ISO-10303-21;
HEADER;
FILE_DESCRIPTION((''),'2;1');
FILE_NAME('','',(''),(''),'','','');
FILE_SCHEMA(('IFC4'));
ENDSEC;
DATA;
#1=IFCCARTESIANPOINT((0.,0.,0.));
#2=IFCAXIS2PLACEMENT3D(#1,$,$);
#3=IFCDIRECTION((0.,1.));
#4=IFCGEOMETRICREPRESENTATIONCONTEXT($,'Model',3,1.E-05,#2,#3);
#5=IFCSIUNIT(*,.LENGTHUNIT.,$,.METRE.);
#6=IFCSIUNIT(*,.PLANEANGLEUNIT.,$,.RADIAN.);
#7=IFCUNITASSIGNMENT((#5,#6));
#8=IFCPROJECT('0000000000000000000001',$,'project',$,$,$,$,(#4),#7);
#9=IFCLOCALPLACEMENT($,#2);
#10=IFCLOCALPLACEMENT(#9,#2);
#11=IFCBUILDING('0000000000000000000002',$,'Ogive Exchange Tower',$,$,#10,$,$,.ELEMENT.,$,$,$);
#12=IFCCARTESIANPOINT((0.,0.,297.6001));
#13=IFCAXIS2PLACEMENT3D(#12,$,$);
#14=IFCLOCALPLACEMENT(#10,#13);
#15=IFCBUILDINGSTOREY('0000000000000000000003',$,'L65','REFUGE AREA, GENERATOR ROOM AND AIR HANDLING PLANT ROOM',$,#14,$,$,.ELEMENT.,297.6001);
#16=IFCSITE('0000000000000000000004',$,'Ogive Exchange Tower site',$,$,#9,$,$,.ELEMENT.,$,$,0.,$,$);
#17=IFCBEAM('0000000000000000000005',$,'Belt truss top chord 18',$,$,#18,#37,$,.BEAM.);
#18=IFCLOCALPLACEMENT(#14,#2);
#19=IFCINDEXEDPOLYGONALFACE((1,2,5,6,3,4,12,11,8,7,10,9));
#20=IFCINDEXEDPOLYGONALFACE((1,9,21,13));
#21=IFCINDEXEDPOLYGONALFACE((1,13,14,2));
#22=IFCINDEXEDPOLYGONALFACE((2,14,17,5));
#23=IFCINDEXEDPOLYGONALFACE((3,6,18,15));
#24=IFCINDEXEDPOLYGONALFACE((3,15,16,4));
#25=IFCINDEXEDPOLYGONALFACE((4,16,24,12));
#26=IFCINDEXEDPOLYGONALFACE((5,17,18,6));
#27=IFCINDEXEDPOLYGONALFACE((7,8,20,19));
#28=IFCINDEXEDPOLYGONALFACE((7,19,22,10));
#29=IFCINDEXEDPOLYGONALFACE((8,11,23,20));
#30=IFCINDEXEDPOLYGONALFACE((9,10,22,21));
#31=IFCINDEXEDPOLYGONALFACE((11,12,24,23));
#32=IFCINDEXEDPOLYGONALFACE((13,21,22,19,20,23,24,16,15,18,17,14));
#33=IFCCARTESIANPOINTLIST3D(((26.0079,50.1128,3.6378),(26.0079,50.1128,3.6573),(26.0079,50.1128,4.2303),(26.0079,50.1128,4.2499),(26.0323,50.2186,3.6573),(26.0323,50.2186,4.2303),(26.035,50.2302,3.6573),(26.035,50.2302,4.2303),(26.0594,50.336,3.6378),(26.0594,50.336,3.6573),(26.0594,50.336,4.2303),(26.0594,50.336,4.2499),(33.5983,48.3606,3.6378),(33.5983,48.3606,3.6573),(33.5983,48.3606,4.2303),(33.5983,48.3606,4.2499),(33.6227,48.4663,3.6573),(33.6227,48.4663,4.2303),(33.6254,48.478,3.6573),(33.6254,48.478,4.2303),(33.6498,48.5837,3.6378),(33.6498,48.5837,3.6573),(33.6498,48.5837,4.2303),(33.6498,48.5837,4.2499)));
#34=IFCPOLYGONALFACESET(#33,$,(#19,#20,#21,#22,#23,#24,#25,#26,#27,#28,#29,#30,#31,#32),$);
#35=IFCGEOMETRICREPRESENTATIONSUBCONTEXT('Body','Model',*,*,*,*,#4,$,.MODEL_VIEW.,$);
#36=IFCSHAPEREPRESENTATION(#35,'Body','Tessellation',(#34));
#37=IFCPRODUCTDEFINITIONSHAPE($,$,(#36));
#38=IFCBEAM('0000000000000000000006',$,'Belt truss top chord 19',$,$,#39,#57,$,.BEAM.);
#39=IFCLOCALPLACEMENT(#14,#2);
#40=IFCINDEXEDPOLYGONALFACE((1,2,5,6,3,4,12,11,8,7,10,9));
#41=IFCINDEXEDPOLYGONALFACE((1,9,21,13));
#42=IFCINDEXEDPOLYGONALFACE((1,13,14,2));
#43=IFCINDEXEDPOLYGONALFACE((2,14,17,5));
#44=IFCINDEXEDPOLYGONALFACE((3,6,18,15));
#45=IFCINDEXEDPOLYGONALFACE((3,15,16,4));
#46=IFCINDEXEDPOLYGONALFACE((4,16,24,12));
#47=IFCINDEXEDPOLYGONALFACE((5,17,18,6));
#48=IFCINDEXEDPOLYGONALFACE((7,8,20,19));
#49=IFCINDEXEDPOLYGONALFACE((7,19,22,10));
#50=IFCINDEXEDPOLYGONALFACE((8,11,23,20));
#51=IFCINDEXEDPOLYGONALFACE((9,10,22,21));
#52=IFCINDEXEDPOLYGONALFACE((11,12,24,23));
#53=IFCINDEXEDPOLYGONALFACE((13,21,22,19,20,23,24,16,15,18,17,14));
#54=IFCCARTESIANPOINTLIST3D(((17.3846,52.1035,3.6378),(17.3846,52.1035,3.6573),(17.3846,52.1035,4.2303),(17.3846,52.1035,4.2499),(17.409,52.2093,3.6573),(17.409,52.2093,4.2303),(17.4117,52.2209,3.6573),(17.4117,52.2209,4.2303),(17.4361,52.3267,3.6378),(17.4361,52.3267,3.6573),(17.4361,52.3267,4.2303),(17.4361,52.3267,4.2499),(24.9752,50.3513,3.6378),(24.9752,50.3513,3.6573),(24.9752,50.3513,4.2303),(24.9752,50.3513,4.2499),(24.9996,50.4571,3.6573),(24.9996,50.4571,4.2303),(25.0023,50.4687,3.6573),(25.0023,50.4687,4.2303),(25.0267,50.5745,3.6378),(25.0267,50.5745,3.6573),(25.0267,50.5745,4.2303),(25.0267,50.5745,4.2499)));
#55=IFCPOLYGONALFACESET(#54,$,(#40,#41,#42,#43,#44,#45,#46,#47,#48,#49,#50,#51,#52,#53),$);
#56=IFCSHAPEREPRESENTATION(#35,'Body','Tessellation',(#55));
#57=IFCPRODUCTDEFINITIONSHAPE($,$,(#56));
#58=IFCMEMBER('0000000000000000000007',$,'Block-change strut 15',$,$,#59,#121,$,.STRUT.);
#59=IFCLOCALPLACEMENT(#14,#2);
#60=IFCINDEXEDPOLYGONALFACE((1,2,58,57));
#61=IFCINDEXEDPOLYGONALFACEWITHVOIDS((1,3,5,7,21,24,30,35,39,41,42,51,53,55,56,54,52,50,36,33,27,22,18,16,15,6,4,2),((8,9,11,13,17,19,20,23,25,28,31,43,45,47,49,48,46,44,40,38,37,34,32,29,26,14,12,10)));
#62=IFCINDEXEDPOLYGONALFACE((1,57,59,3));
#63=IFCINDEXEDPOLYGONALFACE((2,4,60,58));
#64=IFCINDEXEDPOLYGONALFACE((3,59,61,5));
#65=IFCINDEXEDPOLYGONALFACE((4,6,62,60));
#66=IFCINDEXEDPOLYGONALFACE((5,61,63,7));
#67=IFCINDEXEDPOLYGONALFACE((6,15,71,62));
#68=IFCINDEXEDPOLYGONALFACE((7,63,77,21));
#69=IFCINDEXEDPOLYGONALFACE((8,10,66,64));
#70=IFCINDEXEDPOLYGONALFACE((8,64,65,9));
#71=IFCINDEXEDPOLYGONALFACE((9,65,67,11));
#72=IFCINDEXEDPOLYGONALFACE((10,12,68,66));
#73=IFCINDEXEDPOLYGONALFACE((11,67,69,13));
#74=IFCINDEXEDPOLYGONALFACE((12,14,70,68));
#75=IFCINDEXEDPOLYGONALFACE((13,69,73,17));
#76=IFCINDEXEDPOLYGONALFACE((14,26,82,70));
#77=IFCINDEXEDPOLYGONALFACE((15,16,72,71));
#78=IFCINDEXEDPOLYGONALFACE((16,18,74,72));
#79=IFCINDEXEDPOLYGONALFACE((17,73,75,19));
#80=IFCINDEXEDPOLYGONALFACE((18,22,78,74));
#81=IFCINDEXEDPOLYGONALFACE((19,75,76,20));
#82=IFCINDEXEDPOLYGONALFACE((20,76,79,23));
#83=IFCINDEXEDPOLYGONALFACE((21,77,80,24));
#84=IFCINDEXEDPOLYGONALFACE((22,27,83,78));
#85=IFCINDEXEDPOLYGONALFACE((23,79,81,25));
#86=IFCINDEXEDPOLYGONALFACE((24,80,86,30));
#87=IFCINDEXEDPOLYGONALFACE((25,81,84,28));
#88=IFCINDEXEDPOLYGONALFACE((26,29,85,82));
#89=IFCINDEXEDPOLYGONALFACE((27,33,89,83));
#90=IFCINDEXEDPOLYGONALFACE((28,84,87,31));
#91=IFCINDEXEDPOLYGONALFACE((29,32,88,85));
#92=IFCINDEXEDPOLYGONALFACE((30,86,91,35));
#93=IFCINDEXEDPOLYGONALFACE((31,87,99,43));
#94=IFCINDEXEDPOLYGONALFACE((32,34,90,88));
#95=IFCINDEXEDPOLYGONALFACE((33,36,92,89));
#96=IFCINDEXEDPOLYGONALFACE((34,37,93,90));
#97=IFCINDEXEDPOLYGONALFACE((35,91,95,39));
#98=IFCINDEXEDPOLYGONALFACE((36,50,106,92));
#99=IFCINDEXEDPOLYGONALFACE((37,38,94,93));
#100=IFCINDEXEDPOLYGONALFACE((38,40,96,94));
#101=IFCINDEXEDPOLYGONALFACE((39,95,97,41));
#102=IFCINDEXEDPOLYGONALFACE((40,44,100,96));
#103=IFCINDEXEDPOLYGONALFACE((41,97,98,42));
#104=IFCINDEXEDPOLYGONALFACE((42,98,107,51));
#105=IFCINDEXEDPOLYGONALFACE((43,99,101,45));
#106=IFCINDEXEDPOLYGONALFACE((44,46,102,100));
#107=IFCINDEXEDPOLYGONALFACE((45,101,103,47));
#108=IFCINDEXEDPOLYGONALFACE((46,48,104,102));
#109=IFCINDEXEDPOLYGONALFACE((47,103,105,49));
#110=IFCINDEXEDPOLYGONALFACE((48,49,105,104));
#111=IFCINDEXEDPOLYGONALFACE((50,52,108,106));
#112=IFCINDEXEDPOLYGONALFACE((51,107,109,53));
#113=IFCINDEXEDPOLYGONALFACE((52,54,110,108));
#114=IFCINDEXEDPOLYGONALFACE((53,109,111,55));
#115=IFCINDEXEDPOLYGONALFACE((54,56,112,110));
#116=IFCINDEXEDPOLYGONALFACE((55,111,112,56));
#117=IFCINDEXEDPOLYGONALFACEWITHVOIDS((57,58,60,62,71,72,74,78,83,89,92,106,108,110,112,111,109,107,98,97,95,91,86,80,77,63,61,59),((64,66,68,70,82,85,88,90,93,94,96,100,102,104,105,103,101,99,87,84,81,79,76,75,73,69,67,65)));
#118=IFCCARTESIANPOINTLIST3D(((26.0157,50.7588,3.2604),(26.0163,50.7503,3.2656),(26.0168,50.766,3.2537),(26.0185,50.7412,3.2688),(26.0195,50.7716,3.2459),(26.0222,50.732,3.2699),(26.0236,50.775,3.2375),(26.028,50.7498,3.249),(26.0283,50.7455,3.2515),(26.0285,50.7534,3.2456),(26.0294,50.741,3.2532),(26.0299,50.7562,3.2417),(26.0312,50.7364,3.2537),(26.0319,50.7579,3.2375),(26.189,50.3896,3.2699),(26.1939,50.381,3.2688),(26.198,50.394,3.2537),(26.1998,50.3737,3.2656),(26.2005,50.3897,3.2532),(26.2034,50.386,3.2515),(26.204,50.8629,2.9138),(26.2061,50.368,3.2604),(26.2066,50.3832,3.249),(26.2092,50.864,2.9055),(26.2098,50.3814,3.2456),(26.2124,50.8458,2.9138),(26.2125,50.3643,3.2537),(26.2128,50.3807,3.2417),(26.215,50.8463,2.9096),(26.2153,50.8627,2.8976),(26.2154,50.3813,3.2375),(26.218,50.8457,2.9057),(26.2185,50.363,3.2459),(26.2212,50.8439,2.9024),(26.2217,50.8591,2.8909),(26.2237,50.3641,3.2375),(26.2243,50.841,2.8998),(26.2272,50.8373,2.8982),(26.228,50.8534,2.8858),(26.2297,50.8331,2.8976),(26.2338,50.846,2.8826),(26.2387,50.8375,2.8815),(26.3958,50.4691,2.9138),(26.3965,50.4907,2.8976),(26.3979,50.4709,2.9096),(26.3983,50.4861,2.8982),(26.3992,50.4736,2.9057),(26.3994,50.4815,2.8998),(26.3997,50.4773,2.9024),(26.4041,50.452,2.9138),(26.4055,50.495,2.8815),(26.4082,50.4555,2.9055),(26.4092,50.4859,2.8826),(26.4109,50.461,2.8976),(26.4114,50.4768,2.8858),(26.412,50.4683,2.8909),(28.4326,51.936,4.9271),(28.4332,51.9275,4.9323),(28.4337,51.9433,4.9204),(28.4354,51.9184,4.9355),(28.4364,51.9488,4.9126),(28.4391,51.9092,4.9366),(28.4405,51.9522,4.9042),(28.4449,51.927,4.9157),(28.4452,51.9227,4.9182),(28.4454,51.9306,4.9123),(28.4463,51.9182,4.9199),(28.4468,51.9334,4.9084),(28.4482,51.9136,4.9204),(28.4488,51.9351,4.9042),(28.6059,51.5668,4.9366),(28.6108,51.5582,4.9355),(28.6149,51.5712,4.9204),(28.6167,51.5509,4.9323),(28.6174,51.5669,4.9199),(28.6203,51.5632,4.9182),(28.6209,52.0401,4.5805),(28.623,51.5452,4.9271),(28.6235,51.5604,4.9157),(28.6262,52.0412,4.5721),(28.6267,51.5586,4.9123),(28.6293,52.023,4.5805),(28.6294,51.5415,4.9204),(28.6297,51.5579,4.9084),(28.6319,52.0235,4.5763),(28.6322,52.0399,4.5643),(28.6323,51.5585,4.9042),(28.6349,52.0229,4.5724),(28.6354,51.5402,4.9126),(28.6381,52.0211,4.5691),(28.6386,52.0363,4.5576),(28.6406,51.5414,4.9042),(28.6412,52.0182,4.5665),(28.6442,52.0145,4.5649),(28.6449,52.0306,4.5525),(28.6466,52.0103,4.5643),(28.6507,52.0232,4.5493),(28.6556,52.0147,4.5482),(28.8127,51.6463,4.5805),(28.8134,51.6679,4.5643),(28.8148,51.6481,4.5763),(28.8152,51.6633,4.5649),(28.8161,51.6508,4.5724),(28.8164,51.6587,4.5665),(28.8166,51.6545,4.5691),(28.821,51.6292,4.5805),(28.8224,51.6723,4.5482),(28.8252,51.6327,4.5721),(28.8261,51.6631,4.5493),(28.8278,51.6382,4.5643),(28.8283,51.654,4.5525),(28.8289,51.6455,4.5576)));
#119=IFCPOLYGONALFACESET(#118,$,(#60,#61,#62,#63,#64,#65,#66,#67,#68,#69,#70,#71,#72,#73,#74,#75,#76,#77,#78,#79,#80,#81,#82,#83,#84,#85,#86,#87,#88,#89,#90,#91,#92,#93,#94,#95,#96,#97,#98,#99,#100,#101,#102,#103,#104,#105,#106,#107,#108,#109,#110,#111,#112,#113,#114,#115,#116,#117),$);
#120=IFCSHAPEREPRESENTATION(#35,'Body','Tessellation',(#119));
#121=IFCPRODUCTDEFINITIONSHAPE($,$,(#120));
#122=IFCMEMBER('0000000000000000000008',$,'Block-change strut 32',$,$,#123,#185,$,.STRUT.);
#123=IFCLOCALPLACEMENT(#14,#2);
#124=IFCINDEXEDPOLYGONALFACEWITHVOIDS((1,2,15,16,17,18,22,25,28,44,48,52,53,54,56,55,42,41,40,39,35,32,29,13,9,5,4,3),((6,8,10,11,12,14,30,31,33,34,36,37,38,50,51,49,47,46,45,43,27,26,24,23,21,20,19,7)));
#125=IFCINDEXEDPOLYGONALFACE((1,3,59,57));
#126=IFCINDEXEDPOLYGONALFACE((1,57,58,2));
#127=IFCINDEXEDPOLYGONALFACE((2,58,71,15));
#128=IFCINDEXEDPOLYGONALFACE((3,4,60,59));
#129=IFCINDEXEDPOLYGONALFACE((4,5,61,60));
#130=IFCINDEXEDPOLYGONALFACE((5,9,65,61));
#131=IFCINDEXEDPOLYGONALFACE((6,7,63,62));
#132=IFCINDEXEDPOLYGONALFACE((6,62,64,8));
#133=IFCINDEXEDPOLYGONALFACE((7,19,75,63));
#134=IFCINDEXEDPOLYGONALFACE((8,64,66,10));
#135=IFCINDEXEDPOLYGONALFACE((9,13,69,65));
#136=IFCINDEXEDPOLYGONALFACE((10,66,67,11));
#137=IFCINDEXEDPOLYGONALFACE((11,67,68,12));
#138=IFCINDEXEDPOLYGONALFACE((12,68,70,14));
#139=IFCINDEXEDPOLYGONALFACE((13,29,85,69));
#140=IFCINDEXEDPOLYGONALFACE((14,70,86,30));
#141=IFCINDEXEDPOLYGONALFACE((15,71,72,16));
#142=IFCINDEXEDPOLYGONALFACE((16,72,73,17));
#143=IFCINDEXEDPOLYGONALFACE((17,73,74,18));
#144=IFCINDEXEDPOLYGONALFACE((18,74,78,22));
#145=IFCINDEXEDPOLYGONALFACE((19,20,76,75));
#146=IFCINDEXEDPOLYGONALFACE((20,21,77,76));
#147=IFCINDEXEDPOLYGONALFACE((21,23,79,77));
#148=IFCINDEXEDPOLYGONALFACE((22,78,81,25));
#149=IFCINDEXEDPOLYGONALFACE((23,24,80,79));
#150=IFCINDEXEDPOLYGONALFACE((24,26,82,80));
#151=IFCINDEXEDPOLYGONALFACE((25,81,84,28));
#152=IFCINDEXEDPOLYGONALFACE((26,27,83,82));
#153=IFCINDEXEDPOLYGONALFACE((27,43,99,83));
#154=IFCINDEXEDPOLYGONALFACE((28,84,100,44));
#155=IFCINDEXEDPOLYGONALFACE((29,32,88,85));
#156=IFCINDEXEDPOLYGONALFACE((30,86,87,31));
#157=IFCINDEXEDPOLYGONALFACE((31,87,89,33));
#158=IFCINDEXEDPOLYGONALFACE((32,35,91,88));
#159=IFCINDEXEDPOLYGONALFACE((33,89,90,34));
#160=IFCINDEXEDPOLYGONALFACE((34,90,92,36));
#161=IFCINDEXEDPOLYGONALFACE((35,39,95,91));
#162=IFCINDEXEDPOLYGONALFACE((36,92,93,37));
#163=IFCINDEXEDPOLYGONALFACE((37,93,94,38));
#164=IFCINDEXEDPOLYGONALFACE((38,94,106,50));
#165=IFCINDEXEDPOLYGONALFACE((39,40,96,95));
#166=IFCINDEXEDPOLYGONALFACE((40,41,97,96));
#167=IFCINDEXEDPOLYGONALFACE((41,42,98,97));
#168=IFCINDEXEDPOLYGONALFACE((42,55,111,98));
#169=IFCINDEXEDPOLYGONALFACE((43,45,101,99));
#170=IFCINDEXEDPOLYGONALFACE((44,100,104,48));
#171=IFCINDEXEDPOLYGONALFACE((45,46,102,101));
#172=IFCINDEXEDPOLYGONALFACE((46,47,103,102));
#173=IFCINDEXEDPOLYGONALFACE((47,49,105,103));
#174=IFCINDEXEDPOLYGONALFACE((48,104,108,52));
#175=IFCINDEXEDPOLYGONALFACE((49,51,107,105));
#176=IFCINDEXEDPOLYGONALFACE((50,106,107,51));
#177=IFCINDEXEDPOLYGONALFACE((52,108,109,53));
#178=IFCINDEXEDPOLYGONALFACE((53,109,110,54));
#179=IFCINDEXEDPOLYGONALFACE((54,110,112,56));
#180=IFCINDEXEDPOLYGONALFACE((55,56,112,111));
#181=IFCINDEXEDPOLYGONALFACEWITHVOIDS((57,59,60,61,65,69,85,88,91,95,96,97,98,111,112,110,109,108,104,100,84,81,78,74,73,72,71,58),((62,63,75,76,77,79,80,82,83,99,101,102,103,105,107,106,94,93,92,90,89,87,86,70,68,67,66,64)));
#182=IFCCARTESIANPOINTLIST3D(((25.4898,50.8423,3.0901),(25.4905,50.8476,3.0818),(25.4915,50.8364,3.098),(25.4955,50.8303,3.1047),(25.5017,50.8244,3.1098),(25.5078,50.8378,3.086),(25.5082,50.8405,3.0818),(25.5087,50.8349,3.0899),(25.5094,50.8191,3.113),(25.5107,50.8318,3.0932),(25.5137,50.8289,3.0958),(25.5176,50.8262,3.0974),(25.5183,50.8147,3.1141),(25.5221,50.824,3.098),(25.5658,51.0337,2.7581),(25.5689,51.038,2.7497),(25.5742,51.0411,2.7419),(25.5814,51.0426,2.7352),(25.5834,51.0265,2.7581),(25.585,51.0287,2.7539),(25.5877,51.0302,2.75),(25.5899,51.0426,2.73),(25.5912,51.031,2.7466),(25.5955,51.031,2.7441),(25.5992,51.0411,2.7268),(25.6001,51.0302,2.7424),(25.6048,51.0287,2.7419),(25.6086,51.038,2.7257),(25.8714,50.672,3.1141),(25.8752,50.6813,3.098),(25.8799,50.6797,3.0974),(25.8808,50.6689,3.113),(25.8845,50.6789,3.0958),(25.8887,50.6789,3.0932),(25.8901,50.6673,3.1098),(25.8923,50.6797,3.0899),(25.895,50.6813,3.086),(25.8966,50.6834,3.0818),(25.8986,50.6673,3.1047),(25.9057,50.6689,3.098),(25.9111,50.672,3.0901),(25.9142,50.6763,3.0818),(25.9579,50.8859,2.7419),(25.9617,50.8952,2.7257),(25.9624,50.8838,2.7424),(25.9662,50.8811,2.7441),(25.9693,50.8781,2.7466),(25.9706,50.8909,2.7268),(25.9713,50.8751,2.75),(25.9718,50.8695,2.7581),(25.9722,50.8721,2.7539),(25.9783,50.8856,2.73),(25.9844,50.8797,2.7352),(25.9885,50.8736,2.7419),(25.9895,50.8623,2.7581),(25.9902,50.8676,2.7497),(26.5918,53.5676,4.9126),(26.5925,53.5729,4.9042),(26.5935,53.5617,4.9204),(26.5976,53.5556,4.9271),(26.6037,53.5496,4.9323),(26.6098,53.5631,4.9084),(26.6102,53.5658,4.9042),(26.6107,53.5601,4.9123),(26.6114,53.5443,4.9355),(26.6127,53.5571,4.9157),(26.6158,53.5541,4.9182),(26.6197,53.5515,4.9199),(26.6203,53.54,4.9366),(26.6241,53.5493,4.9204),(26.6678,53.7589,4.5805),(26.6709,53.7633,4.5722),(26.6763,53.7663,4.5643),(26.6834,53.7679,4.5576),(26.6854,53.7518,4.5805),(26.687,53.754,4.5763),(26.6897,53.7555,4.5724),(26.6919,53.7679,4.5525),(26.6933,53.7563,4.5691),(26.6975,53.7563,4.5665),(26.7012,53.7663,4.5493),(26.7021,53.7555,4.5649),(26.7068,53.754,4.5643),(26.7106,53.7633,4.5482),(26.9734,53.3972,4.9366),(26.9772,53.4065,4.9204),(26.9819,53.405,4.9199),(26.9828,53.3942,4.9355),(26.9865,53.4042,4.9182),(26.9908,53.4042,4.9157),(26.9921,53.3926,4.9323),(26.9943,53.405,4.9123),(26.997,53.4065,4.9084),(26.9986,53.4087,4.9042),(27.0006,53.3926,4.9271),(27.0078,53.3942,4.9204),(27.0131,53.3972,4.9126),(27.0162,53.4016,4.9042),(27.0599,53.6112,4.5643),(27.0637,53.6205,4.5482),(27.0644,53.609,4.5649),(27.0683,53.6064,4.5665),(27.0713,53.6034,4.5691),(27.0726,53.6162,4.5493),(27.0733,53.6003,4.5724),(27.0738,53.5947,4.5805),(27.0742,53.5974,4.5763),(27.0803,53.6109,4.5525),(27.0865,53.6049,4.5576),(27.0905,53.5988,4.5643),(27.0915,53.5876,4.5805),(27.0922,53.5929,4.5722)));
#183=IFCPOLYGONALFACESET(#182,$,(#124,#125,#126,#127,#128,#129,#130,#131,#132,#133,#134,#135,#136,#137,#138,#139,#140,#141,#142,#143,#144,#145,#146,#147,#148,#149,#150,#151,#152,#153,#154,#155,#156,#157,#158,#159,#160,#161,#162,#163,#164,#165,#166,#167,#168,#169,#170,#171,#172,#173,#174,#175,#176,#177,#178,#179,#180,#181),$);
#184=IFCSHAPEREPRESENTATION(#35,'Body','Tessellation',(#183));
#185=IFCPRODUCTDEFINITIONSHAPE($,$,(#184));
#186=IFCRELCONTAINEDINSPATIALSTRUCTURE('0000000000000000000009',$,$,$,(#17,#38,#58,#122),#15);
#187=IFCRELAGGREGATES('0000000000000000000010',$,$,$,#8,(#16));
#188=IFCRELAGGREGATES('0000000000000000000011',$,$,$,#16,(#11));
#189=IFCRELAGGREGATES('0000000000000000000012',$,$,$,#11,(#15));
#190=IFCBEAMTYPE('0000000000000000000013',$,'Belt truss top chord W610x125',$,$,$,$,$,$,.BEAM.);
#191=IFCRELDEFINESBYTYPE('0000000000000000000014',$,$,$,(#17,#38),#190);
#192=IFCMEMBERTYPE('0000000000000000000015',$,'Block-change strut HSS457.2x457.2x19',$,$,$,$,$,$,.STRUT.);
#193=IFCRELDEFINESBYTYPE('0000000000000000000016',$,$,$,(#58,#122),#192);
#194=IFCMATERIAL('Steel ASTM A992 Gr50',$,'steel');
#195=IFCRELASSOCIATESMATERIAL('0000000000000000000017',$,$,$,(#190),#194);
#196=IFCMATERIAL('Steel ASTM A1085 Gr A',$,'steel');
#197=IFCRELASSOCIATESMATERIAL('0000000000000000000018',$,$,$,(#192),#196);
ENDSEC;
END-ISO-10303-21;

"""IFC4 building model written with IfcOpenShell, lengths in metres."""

from ifc_helpers import new_model, si_unit, direction, frame, origin, origin_2d, place, context, subcontext, project, spatial, hollow_rectangle, i_section, extrude, material, material_profile, profile_set, type_object, element, save


model = new_model("IFC4")

# Units and contexts
model_context = context("Model", 3, precision=1e-05, world=origin(), true_north=direction((0.0, 1.0)))
body_context = subcontext(model_context, "Body", "Model", "MODEL_VIEW")
ifc_project = project(units=[si_unit("LENGTHUNIT", "METRE"), si_unit("PLANEANGLEUNIT", "RADIAN")], contexts=[model_context])

# Site, building, storey
site_placement = place(None, origin())
site = spatial("IfcSite", under=ifc_project, at=site_placement, Name="Ogive Exchange Tower site", CompositionType="ELEMENT", RefElevation=0.0)
building_placement = place(site_placement, origin())
building = spatial("IfcBuilding", under=site, at=building_placement, Name="Ogive Exchange Tower", CompositionType="ELEMENT")
storey_placement = place(building_placement, frame((0.0, 0.0, 297.6001)))
storey = spatial("IfcBuildingStorey", under=building, at=storey_placement, Name="L65", Description="REFUGE AREA, GENERATOR ROOM AND AIR HANDLING PLANT ROOM", CompositionType="ELEMENT", Elevation=297.6001)

# Shared definitions
ifc_material_1 = material(Name="Steel ASTM A992 Gr50", Category="steel")

# Shared definitions
ifc_material_2 = material(Name="Steel ASTM A1085 Gr A", Category="steel")

# Beams
ifc_material_profile_1 = material_profile(ifc_material_1, i_section(OverallWidth=0.229, OverallDepth=0.6121, WebThickness=0.012, FlangeThickness=0.0195, at=origin_2d()), Name="W610x125")
ifc_profile_set_1 = profile_set([ifc_material_profile_1], Name="Steel ASTM A992 Gr50")
beam_type_1 = type_object("IfcBeamType", Name="Belt truss top chord W610x125", PredefinedType="BEAM", material=ifc_profile_set_1)
beam_1_placement = place(storey_placement, frame((33.624, 48.4722, 3.9438), z_axis=(-0.974375, 0.22493, 0.0), x_axis=(-0.22493, -0.974375, 0.0)))
element("IfcBeam", 1, at=beam_1_placement, inside=storey, type_object=beam_type_1, Name="Belt truss top chord 18", PredefinedType="BEAM", context=body_context, shape_type="SweptSolid", body=[
    extrude(i_section(OverallWidth=0.229, OverallDepth=0.6121, WebThickness=0.012, FlangeThickness=0.0195, at=origin_2d()), origin(), (0.0, 0.0, 1.0), 7.79),
])
beam_2_placement = place(storey_placement, frame((25.001, 50.4629, 3.9438), z_axis=(-0.974376, 0.224924, 0.0), x_axis=(-0.224924, -0.974376, 0.0)))
element("IfcBeam", 2, at=beam_2_placement, inside=storey, type_object=beam_type_1, Name="Belt truss top chord 19", PredefinedType="BEAM", context=body_context, shape_type="SweptSolid", body=[
    extrude(i_section(OverallWidth=0.229, OverallDepth=0.6121, WebThickness=0.012, FlangeThickness=0.0195, at=origin_2d()), origin(), (0.0, 0.0, 1.0), 7.7903),
])

# Members
ifc_material_profile_2 = material_profile(ifc_material_2, hollow_rectangle(XDim=0.457, YDim=0.457, WallThickness=0.019, InnerFilletRadius=0.019, OuterFilletRadius=0.0381, at=origin_2d()), Name="HSS457.2x457.2x19")
ifc_profile_set_2 = profile_set([ifc_material_profile_2], Name="Steel ASTM A1085 Gr A")
member_type_1 = type_object("IfcMemberType", Name="Block-change strut HSS457.2x457.2x19", PredefinedType="STRUT", material=ifc_profile_set_2)
member_1_placement = place(storey_placement, frame((26.2139, 50.6135, 3.0757), z_axis=(0.764098, 0.37217, 0.526919), x_axis=(-0.43789, 0.899028, 0.0)))
element("IfcMember", 3, at=member_1_placement, inside=storey, type_object=member_type_1, Name="Block-change strut 15", PredefinedType="STRUT", context=body_context, shape_type="SweptSolid", body=[
    extrude(hollow_rectangle(XDim=0.457, YDim=0.457, WallThickness=0.019, InnerFilletRadius=0.019, OuterFilletRadius=0.0381, at=origin_2d()), origin(), (0.0, 0.0, 1.0), 3.1631),
])
member_2_placement = place(storey_placement, frame((25.74, 50.855, 2.9199), z_axis=(0.318619, 0.787936, 0.526914), x_axis=(-0.927073, 0.374882, 0.0)))
element("IfcMember", 4, at=member_2_placement, inside=storey, type_object=member_type_1, Name="Block-change strut 32", PredefinedType="STRUT", context=body_context, shape_type="SweptSolid", body=[
    extrude(hollow_rectangle(XDim=0.457, YDim=0.457, WallThickness=0.019, InnerFilletRadius=0.019, OuterFilletRadius=0.0381, at=origin_2d()), origin(), (0.0, 0.0, 1.0), 3.4587),
])

save(model, "model.ifc")
